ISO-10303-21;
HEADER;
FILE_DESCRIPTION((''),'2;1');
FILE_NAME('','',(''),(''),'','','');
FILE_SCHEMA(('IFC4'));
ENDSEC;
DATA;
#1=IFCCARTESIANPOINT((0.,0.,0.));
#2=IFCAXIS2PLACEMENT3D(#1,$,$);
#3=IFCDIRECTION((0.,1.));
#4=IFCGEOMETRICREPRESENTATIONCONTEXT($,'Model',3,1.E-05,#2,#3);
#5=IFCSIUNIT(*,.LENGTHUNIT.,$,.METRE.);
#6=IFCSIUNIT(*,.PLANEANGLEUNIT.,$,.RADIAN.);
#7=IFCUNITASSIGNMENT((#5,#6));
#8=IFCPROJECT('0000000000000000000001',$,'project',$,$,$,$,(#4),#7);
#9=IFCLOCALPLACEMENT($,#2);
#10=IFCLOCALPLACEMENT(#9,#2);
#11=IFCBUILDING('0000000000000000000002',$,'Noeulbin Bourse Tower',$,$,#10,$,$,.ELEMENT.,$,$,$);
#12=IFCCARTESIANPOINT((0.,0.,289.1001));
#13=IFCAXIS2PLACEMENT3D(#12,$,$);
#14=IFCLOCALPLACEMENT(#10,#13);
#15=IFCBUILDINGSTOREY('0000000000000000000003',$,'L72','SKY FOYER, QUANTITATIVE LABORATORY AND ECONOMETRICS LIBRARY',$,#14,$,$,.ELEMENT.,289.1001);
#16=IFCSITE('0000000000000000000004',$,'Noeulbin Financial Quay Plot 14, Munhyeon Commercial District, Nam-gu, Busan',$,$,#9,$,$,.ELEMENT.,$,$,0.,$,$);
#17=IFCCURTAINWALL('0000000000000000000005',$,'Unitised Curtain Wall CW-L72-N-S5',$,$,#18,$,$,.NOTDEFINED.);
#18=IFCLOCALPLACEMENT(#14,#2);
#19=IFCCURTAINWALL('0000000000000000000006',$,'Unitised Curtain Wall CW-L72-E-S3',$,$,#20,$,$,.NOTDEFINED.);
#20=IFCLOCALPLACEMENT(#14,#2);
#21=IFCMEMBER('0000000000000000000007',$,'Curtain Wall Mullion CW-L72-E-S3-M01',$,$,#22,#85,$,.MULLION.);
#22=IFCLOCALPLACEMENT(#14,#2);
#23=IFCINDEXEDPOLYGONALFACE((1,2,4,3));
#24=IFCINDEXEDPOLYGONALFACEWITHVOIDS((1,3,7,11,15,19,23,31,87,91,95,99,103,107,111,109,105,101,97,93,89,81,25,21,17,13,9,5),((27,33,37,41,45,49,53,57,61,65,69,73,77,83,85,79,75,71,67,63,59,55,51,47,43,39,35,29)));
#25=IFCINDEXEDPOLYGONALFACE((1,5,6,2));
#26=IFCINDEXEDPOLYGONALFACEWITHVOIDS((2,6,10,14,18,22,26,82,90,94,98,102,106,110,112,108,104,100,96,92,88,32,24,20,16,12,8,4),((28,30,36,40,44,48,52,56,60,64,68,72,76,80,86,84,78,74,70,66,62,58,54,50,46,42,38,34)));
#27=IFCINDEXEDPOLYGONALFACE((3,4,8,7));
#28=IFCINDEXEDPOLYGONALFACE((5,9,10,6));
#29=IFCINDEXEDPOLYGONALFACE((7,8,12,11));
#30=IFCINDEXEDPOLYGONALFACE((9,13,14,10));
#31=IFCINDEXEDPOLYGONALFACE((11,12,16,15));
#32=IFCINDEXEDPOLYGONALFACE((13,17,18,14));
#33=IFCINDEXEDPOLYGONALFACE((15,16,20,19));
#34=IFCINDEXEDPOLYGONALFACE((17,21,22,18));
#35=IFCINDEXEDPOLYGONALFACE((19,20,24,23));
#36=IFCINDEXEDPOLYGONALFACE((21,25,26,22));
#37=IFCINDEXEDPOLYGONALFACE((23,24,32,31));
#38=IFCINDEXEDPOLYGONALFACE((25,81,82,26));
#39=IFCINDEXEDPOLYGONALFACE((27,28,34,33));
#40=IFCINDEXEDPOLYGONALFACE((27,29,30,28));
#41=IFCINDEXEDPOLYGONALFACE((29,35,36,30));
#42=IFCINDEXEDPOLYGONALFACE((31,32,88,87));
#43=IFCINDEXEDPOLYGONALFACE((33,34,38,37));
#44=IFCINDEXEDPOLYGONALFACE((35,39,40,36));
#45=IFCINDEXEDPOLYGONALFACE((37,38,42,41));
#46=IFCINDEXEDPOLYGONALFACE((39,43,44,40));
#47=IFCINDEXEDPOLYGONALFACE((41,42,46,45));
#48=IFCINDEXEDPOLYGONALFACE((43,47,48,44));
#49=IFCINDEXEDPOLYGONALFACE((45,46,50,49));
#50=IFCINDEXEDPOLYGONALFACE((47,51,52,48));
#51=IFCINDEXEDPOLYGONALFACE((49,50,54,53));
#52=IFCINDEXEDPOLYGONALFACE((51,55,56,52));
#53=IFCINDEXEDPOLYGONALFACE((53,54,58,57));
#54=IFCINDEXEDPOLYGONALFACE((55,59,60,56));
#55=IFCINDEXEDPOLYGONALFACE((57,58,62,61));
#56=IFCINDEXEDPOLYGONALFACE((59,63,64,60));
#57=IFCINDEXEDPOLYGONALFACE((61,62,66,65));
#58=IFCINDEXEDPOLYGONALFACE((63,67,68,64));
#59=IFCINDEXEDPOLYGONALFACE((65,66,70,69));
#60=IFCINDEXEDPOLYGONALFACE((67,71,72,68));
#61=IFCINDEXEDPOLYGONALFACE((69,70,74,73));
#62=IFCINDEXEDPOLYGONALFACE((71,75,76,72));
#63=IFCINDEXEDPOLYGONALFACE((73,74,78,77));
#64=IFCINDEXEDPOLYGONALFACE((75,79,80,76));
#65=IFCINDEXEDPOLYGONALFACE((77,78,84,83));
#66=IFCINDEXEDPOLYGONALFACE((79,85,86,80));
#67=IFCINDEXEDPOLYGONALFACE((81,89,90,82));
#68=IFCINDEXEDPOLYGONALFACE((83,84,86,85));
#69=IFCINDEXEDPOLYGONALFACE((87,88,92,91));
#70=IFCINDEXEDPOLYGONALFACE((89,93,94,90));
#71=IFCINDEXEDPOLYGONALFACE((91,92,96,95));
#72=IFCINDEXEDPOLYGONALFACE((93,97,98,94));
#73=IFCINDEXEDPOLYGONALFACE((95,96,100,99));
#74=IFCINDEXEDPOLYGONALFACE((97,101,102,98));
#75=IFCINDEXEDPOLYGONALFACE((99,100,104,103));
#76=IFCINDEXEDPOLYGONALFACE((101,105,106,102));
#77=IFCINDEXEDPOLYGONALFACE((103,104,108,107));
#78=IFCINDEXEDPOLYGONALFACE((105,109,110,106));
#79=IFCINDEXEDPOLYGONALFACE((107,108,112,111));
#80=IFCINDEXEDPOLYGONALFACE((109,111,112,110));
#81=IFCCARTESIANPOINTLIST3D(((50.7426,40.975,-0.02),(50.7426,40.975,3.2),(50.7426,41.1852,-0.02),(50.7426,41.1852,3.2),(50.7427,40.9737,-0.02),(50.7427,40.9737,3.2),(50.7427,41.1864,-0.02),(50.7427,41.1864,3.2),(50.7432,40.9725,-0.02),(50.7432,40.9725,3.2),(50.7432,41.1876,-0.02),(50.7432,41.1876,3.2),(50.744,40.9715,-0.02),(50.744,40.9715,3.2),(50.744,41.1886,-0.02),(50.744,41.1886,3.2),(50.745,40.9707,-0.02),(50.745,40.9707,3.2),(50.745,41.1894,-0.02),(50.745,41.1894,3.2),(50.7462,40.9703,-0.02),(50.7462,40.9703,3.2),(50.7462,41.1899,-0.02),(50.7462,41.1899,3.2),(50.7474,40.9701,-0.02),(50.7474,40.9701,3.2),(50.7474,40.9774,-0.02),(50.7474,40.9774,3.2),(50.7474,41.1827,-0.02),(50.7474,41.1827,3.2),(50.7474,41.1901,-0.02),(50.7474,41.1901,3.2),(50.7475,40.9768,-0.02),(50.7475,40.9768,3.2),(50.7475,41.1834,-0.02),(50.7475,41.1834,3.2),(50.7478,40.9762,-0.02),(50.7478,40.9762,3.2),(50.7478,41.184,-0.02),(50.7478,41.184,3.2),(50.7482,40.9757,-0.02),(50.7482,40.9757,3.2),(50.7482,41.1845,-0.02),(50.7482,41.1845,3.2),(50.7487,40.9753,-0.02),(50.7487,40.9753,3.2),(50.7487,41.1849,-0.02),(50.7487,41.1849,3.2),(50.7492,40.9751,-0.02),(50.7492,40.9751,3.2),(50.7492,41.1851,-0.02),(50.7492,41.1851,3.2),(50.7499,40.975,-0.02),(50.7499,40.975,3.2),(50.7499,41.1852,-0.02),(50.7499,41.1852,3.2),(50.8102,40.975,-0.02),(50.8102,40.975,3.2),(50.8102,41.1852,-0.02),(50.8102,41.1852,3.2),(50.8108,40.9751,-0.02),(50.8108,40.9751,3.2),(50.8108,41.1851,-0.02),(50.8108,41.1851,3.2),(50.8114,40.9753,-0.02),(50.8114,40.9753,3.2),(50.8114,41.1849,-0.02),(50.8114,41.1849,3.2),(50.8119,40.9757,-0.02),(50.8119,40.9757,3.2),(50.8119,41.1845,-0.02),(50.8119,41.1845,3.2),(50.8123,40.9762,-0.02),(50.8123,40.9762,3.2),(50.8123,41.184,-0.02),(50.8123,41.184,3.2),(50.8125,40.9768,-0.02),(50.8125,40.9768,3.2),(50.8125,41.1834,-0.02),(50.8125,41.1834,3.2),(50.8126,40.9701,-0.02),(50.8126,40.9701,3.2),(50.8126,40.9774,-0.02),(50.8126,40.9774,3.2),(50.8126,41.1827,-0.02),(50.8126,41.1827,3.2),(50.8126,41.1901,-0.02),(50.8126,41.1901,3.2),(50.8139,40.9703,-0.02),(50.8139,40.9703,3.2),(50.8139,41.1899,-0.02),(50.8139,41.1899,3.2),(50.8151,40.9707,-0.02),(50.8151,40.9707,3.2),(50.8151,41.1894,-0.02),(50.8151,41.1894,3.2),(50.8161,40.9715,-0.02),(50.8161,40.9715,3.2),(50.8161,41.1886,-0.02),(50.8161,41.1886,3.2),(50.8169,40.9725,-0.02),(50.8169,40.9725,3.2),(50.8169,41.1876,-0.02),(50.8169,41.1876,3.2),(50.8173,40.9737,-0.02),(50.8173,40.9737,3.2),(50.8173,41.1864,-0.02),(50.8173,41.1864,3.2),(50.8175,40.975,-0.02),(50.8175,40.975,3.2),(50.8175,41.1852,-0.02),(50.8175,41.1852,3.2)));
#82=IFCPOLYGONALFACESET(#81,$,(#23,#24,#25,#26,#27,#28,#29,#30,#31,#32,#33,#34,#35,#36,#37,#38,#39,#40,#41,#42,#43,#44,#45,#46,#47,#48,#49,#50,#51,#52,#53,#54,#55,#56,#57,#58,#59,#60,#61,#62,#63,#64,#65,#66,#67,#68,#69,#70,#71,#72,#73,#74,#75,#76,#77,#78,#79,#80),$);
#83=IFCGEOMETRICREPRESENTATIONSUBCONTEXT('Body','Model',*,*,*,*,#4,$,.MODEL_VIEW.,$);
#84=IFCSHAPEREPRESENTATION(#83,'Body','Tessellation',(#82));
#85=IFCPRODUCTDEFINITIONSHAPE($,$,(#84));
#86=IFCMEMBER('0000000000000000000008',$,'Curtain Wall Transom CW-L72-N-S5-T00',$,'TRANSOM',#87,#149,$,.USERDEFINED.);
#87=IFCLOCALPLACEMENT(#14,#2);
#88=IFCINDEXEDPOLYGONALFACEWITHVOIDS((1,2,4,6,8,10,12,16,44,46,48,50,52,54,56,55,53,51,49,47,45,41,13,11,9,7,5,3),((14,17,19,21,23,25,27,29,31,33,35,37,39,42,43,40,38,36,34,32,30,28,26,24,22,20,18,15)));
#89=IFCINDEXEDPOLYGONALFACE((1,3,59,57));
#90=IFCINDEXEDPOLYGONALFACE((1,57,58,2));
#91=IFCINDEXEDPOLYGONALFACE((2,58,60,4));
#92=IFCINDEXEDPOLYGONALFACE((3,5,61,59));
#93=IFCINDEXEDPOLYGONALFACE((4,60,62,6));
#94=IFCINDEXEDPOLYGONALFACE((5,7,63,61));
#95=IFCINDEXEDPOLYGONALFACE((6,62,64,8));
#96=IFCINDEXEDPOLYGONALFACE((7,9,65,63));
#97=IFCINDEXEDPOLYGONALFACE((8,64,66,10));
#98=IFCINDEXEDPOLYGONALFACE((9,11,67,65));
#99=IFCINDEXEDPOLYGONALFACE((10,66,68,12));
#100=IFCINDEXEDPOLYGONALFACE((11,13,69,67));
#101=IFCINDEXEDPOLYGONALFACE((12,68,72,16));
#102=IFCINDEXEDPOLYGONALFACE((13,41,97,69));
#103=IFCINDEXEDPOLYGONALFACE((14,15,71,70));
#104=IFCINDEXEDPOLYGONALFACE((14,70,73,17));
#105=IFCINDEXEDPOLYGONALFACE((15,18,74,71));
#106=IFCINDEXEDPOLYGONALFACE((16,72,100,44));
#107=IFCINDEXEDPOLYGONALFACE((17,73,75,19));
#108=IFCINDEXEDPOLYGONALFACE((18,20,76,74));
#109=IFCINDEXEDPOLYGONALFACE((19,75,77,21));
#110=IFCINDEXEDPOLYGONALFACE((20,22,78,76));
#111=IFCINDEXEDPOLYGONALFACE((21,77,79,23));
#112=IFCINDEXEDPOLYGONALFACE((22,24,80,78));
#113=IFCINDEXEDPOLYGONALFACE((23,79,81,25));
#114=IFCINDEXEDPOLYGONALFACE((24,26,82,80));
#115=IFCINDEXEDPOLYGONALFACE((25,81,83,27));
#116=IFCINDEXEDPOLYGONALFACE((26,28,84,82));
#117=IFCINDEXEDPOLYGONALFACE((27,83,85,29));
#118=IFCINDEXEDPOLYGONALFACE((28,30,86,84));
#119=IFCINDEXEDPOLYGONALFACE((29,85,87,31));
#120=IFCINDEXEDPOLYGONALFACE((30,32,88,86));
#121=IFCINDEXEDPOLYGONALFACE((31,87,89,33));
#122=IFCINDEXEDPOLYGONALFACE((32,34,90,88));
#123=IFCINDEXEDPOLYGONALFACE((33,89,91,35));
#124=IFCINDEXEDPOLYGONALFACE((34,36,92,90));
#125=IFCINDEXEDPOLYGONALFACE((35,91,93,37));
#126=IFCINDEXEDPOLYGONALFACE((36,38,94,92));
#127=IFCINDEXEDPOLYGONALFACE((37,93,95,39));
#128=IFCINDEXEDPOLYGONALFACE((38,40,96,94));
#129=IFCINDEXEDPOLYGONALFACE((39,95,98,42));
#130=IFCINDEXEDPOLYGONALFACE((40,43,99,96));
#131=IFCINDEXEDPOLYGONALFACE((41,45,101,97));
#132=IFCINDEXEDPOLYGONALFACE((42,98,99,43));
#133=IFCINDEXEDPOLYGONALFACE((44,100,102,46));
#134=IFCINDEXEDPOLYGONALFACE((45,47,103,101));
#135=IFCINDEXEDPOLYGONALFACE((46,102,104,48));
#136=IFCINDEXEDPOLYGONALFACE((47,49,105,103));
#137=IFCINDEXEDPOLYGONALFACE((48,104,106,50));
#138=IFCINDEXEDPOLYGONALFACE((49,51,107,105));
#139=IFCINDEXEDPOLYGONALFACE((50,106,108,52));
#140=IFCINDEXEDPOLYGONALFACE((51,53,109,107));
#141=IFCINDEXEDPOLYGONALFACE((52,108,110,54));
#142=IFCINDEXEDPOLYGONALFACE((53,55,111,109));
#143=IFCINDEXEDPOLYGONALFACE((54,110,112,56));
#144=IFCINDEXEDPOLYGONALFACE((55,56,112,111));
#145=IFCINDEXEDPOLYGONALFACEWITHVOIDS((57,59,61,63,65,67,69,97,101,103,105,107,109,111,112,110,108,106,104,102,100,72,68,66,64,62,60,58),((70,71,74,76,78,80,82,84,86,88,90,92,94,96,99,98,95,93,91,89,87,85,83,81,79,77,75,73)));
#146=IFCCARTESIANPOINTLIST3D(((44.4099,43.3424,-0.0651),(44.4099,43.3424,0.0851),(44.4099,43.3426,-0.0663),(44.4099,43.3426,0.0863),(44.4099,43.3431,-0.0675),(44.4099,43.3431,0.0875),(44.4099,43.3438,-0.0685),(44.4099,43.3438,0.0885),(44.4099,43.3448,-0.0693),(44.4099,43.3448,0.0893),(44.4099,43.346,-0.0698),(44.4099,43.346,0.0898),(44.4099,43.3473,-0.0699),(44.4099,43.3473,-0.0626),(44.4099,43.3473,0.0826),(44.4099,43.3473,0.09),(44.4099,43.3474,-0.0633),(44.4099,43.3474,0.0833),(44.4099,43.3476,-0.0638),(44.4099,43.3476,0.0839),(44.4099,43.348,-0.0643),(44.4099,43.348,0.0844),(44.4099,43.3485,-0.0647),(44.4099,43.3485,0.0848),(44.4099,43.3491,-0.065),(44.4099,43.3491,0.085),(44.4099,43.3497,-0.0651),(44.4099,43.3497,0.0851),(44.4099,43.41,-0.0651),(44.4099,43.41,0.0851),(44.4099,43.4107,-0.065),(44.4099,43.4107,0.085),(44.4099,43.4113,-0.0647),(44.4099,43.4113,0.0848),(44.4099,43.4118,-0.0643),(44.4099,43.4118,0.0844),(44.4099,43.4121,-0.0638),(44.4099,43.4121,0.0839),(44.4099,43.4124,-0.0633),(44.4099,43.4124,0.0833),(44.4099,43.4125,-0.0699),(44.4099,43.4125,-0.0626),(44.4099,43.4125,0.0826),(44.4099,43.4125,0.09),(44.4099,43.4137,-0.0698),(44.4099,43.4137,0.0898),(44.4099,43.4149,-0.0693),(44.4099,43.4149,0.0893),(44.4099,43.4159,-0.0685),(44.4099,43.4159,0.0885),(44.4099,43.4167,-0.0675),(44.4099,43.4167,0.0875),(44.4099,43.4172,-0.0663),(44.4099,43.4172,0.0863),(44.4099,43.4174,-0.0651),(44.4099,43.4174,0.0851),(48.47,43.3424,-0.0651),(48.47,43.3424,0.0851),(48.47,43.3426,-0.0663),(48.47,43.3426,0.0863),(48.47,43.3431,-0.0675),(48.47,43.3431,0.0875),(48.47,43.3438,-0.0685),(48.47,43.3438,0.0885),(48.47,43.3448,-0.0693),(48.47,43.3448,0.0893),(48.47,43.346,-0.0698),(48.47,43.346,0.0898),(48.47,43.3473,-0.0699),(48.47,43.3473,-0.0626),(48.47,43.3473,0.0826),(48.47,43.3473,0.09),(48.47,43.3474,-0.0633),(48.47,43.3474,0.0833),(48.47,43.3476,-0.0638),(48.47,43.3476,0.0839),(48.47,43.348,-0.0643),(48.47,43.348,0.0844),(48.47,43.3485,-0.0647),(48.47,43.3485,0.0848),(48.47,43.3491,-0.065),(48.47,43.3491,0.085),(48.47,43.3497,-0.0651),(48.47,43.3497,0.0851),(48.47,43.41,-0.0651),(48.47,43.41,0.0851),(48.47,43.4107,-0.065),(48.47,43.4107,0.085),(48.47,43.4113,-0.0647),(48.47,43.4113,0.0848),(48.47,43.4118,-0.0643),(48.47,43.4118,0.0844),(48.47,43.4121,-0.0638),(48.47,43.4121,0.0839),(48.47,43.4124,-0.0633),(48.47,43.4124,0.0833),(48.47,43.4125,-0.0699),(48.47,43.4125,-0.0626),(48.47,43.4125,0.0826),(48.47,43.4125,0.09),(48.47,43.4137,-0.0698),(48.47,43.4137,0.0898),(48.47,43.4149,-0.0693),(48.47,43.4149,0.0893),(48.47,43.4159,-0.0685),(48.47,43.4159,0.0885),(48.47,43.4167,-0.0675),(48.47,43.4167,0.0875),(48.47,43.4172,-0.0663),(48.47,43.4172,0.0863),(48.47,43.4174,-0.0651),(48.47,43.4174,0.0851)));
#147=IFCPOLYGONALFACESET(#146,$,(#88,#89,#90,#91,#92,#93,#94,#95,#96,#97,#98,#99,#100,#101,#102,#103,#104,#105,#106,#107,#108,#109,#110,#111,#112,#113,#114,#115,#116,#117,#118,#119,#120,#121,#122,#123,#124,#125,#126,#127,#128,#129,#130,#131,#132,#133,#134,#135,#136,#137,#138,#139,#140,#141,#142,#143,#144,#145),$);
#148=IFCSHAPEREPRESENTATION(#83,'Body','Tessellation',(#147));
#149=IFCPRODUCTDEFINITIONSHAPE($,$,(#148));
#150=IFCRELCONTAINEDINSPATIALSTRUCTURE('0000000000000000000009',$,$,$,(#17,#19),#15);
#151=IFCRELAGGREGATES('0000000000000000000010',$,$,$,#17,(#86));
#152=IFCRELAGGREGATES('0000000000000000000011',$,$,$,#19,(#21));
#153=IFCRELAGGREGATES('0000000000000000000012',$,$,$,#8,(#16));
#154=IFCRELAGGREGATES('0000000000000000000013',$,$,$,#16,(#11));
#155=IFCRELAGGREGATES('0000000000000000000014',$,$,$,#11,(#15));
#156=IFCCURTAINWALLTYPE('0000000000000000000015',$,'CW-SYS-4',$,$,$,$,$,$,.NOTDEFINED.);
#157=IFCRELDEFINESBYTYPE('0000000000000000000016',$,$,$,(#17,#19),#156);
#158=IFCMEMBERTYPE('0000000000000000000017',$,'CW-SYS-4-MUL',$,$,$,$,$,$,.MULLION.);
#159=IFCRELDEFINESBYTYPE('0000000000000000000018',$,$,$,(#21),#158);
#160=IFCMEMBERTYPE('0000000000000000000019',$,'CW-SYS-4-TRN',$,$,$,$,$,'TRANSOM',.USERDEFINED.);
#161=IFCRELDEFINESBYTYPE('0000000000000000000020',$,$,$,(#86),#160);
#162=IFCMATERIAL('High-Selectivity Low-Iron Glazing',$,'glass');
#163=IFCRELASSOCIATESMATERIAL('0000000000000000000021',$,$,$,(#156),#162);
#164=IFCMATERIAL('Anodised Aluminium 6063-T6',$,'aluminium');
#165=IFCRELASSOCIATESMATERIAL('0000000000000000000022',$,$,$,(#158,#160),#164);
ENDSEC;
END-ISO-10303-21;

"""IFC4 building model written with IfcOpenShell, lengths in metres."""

from ifc_helpers import new_model, si_unit, direction, frame, origin, origin_2d, place, context, subcontext, project, spatial, hollow_rectangle, extrude, material, material_profile, profile_set, type_object, element, aggregate, save


model = new_model("IFC4")

# Units and contexts
model_context = context("Model", 3, precision=1e-05, world=origin(), true_north=direction((0.0, 1.0)))
body_context = subcontext(model_context, "Body", "Model", "MODEL_VIEW")
ifc_project = project(units=[si_unit("LENGTHUNIT", "METRE"), si_unit("PLANEANGLEUNIT", "RADIAN")], contexts=[model_context])

# Site, building, storey
site_placement = place(None, origin())
site = spatial("IfcSite", under=ifc_project, at=site_placement, Name="Noeulbin Financial Quay Plot 14, Munhyeon Commercial District, Nam-gu, Busan", CompositionType="ELEMENT", RefElevation=0.0)
building_placement = place(site_placement, origin())
building = spatial("IfcBuilding", under=site, at=building_placement, Name="Noeulbin Bourse Tower", CompositionType="ELEMENT")
storey_placement = place(building_placement, frame((0.0, 0.0, 289.1001)))
storey = spatial("IfcBuildingStorey", under=building, at=storey_placement, Name="L72", Description="SKY FOYER, QUANTITATIVE LABORATORY AND ECONOMETRICS LIBRARY", CompositionType="ELEMENT", Elevation=289.1001)

# Shared definitions
ifc_material_1 = material(Name="High-Selectivity Low-Iron Glazing", Category="glass")
curtain_wall_type = type_object("IfcCurtainWallType", Name="CW-SYS-4", PredefinedType="NOTDEFINED", material=ifc_material_1)
ifc_material_2 = material(Name="Anodised Aluminium 6063-T6", Category="aluminium")
ifc_material_profile_1 = material_profile(ifc_material_2, hollow_rectangle(XDim=0.075, YDim=0.22, WallThickness=0.0049, InnerFilletRadius=0.0024, OuterFilletRadius=0.0049, at=origin_2d()), Name="ALU-MULL-75x220x5", Category="LoadBearing")
ifc_profile_set_1 = profile_set([ifc_material_profile_1], Name="Anodised Aluminium 6063-T6")
member_type_1 = type_object("IfcMemberType", Name="CW-SYS-4-MUL", PredefinedType="MULLION", material=ifc_profile_set_1)

# Curtain walls, member
curtain_wall_1_placement = place(storey_placement, origin())
curtain_wall_1 = element("IfcCurtainWall", 1, at=curtain_wall_1_placement, inside=storey, type_object=curtain_wall_type, Name="Unitised Curtain Wall CW-L72-N-S5", PredefinedType="NOTDEFINED")
curtain_wall_2_placement = place(storey_placement, origin())
curtain_wall_2 = element("IfcCurtainWall", 2, at=curtain_wall_2_placement, inside=storey, type_object=curtain_wall_type, Name="Unitised Curtain Wall CW-L72-E-S3", PredefinedType="NOTDEFINED")
member_1_placement = place(storey_placement, frame((50.78, 41.0801, -0.02), z_axis=(0.0, 0.0, 1.0), x_axis=(1.0, 0.0, 0.0)))
member_1 = element("IfcMember", 3, at=member_1_placement, type_object=member_type_1, Name="Curtain Wall Mullion CW-L72-E-S3-M01", PredefinedType="MULLION", context=body_context, shape_type="SweptSolid", body=[
    extrude(hollow_rectangle(XDim=0.075, YDim=0.22, WallThickness=0.0049, InnerFilletRadius=0.0024, OuterFilletRadius=0.0049, at=origin_2d()), origin(), (0.0, 0.0, 1.0), 3.22),
])

# Member
ifc_material_profile_2 = material_profile(ifc_material_2, hollow_rectangle(XDim=0.075, YDim=0.1599, WallThickness=0.0049, InnerFilletRadius=0.0024, OuterFilletRadius=0.0049, at=origin_2d()), Name="ALU-TRAN-75x160x5", Category="LoadBearing")
ifc_profile_set_2 = profile_set([ifc_material_profile_2], Name="Anodised Aluminium 6063-T6")
member_type_2 = type_object("IfcMemberType", Name="CW-SYS-4-TRN", ElementType="TRANSOM", PredefinedType="USERDEFINED", material=ifc_profile_set_2)
member_2_placement = place(storey_placement, frame((44.4099, 43.3799, 0.01), z_axis=(1.0, 0.0, 0.0), x_axis=(0.0, 1.0, 0.0)))
member_2 = element("IfcMember", 4, at=member_2_placement, type_object=member_type_2, Name="Curtain Wall Transom CW-L72-N-S5-T00", ObjectType="TRANSOM", PredefinedType="USERDEFINED", context=body_context, shape_type="SweptSolid", body=[
    extrude(hollow_rectangle(XDim=0.075, YDim=0.1599, WallThickness=0.0049, InnerFilletRadius=0.0024, OuterFilletRadius=0.0049, at=origin_2d()), origin(), (0.0, 0.0, 1.0), 4.0601),
])

aggregate(curtain_wall_1, [member_2])
aggregate(curtain_wall_2, [member_1])

save(model, "model.ifc")
